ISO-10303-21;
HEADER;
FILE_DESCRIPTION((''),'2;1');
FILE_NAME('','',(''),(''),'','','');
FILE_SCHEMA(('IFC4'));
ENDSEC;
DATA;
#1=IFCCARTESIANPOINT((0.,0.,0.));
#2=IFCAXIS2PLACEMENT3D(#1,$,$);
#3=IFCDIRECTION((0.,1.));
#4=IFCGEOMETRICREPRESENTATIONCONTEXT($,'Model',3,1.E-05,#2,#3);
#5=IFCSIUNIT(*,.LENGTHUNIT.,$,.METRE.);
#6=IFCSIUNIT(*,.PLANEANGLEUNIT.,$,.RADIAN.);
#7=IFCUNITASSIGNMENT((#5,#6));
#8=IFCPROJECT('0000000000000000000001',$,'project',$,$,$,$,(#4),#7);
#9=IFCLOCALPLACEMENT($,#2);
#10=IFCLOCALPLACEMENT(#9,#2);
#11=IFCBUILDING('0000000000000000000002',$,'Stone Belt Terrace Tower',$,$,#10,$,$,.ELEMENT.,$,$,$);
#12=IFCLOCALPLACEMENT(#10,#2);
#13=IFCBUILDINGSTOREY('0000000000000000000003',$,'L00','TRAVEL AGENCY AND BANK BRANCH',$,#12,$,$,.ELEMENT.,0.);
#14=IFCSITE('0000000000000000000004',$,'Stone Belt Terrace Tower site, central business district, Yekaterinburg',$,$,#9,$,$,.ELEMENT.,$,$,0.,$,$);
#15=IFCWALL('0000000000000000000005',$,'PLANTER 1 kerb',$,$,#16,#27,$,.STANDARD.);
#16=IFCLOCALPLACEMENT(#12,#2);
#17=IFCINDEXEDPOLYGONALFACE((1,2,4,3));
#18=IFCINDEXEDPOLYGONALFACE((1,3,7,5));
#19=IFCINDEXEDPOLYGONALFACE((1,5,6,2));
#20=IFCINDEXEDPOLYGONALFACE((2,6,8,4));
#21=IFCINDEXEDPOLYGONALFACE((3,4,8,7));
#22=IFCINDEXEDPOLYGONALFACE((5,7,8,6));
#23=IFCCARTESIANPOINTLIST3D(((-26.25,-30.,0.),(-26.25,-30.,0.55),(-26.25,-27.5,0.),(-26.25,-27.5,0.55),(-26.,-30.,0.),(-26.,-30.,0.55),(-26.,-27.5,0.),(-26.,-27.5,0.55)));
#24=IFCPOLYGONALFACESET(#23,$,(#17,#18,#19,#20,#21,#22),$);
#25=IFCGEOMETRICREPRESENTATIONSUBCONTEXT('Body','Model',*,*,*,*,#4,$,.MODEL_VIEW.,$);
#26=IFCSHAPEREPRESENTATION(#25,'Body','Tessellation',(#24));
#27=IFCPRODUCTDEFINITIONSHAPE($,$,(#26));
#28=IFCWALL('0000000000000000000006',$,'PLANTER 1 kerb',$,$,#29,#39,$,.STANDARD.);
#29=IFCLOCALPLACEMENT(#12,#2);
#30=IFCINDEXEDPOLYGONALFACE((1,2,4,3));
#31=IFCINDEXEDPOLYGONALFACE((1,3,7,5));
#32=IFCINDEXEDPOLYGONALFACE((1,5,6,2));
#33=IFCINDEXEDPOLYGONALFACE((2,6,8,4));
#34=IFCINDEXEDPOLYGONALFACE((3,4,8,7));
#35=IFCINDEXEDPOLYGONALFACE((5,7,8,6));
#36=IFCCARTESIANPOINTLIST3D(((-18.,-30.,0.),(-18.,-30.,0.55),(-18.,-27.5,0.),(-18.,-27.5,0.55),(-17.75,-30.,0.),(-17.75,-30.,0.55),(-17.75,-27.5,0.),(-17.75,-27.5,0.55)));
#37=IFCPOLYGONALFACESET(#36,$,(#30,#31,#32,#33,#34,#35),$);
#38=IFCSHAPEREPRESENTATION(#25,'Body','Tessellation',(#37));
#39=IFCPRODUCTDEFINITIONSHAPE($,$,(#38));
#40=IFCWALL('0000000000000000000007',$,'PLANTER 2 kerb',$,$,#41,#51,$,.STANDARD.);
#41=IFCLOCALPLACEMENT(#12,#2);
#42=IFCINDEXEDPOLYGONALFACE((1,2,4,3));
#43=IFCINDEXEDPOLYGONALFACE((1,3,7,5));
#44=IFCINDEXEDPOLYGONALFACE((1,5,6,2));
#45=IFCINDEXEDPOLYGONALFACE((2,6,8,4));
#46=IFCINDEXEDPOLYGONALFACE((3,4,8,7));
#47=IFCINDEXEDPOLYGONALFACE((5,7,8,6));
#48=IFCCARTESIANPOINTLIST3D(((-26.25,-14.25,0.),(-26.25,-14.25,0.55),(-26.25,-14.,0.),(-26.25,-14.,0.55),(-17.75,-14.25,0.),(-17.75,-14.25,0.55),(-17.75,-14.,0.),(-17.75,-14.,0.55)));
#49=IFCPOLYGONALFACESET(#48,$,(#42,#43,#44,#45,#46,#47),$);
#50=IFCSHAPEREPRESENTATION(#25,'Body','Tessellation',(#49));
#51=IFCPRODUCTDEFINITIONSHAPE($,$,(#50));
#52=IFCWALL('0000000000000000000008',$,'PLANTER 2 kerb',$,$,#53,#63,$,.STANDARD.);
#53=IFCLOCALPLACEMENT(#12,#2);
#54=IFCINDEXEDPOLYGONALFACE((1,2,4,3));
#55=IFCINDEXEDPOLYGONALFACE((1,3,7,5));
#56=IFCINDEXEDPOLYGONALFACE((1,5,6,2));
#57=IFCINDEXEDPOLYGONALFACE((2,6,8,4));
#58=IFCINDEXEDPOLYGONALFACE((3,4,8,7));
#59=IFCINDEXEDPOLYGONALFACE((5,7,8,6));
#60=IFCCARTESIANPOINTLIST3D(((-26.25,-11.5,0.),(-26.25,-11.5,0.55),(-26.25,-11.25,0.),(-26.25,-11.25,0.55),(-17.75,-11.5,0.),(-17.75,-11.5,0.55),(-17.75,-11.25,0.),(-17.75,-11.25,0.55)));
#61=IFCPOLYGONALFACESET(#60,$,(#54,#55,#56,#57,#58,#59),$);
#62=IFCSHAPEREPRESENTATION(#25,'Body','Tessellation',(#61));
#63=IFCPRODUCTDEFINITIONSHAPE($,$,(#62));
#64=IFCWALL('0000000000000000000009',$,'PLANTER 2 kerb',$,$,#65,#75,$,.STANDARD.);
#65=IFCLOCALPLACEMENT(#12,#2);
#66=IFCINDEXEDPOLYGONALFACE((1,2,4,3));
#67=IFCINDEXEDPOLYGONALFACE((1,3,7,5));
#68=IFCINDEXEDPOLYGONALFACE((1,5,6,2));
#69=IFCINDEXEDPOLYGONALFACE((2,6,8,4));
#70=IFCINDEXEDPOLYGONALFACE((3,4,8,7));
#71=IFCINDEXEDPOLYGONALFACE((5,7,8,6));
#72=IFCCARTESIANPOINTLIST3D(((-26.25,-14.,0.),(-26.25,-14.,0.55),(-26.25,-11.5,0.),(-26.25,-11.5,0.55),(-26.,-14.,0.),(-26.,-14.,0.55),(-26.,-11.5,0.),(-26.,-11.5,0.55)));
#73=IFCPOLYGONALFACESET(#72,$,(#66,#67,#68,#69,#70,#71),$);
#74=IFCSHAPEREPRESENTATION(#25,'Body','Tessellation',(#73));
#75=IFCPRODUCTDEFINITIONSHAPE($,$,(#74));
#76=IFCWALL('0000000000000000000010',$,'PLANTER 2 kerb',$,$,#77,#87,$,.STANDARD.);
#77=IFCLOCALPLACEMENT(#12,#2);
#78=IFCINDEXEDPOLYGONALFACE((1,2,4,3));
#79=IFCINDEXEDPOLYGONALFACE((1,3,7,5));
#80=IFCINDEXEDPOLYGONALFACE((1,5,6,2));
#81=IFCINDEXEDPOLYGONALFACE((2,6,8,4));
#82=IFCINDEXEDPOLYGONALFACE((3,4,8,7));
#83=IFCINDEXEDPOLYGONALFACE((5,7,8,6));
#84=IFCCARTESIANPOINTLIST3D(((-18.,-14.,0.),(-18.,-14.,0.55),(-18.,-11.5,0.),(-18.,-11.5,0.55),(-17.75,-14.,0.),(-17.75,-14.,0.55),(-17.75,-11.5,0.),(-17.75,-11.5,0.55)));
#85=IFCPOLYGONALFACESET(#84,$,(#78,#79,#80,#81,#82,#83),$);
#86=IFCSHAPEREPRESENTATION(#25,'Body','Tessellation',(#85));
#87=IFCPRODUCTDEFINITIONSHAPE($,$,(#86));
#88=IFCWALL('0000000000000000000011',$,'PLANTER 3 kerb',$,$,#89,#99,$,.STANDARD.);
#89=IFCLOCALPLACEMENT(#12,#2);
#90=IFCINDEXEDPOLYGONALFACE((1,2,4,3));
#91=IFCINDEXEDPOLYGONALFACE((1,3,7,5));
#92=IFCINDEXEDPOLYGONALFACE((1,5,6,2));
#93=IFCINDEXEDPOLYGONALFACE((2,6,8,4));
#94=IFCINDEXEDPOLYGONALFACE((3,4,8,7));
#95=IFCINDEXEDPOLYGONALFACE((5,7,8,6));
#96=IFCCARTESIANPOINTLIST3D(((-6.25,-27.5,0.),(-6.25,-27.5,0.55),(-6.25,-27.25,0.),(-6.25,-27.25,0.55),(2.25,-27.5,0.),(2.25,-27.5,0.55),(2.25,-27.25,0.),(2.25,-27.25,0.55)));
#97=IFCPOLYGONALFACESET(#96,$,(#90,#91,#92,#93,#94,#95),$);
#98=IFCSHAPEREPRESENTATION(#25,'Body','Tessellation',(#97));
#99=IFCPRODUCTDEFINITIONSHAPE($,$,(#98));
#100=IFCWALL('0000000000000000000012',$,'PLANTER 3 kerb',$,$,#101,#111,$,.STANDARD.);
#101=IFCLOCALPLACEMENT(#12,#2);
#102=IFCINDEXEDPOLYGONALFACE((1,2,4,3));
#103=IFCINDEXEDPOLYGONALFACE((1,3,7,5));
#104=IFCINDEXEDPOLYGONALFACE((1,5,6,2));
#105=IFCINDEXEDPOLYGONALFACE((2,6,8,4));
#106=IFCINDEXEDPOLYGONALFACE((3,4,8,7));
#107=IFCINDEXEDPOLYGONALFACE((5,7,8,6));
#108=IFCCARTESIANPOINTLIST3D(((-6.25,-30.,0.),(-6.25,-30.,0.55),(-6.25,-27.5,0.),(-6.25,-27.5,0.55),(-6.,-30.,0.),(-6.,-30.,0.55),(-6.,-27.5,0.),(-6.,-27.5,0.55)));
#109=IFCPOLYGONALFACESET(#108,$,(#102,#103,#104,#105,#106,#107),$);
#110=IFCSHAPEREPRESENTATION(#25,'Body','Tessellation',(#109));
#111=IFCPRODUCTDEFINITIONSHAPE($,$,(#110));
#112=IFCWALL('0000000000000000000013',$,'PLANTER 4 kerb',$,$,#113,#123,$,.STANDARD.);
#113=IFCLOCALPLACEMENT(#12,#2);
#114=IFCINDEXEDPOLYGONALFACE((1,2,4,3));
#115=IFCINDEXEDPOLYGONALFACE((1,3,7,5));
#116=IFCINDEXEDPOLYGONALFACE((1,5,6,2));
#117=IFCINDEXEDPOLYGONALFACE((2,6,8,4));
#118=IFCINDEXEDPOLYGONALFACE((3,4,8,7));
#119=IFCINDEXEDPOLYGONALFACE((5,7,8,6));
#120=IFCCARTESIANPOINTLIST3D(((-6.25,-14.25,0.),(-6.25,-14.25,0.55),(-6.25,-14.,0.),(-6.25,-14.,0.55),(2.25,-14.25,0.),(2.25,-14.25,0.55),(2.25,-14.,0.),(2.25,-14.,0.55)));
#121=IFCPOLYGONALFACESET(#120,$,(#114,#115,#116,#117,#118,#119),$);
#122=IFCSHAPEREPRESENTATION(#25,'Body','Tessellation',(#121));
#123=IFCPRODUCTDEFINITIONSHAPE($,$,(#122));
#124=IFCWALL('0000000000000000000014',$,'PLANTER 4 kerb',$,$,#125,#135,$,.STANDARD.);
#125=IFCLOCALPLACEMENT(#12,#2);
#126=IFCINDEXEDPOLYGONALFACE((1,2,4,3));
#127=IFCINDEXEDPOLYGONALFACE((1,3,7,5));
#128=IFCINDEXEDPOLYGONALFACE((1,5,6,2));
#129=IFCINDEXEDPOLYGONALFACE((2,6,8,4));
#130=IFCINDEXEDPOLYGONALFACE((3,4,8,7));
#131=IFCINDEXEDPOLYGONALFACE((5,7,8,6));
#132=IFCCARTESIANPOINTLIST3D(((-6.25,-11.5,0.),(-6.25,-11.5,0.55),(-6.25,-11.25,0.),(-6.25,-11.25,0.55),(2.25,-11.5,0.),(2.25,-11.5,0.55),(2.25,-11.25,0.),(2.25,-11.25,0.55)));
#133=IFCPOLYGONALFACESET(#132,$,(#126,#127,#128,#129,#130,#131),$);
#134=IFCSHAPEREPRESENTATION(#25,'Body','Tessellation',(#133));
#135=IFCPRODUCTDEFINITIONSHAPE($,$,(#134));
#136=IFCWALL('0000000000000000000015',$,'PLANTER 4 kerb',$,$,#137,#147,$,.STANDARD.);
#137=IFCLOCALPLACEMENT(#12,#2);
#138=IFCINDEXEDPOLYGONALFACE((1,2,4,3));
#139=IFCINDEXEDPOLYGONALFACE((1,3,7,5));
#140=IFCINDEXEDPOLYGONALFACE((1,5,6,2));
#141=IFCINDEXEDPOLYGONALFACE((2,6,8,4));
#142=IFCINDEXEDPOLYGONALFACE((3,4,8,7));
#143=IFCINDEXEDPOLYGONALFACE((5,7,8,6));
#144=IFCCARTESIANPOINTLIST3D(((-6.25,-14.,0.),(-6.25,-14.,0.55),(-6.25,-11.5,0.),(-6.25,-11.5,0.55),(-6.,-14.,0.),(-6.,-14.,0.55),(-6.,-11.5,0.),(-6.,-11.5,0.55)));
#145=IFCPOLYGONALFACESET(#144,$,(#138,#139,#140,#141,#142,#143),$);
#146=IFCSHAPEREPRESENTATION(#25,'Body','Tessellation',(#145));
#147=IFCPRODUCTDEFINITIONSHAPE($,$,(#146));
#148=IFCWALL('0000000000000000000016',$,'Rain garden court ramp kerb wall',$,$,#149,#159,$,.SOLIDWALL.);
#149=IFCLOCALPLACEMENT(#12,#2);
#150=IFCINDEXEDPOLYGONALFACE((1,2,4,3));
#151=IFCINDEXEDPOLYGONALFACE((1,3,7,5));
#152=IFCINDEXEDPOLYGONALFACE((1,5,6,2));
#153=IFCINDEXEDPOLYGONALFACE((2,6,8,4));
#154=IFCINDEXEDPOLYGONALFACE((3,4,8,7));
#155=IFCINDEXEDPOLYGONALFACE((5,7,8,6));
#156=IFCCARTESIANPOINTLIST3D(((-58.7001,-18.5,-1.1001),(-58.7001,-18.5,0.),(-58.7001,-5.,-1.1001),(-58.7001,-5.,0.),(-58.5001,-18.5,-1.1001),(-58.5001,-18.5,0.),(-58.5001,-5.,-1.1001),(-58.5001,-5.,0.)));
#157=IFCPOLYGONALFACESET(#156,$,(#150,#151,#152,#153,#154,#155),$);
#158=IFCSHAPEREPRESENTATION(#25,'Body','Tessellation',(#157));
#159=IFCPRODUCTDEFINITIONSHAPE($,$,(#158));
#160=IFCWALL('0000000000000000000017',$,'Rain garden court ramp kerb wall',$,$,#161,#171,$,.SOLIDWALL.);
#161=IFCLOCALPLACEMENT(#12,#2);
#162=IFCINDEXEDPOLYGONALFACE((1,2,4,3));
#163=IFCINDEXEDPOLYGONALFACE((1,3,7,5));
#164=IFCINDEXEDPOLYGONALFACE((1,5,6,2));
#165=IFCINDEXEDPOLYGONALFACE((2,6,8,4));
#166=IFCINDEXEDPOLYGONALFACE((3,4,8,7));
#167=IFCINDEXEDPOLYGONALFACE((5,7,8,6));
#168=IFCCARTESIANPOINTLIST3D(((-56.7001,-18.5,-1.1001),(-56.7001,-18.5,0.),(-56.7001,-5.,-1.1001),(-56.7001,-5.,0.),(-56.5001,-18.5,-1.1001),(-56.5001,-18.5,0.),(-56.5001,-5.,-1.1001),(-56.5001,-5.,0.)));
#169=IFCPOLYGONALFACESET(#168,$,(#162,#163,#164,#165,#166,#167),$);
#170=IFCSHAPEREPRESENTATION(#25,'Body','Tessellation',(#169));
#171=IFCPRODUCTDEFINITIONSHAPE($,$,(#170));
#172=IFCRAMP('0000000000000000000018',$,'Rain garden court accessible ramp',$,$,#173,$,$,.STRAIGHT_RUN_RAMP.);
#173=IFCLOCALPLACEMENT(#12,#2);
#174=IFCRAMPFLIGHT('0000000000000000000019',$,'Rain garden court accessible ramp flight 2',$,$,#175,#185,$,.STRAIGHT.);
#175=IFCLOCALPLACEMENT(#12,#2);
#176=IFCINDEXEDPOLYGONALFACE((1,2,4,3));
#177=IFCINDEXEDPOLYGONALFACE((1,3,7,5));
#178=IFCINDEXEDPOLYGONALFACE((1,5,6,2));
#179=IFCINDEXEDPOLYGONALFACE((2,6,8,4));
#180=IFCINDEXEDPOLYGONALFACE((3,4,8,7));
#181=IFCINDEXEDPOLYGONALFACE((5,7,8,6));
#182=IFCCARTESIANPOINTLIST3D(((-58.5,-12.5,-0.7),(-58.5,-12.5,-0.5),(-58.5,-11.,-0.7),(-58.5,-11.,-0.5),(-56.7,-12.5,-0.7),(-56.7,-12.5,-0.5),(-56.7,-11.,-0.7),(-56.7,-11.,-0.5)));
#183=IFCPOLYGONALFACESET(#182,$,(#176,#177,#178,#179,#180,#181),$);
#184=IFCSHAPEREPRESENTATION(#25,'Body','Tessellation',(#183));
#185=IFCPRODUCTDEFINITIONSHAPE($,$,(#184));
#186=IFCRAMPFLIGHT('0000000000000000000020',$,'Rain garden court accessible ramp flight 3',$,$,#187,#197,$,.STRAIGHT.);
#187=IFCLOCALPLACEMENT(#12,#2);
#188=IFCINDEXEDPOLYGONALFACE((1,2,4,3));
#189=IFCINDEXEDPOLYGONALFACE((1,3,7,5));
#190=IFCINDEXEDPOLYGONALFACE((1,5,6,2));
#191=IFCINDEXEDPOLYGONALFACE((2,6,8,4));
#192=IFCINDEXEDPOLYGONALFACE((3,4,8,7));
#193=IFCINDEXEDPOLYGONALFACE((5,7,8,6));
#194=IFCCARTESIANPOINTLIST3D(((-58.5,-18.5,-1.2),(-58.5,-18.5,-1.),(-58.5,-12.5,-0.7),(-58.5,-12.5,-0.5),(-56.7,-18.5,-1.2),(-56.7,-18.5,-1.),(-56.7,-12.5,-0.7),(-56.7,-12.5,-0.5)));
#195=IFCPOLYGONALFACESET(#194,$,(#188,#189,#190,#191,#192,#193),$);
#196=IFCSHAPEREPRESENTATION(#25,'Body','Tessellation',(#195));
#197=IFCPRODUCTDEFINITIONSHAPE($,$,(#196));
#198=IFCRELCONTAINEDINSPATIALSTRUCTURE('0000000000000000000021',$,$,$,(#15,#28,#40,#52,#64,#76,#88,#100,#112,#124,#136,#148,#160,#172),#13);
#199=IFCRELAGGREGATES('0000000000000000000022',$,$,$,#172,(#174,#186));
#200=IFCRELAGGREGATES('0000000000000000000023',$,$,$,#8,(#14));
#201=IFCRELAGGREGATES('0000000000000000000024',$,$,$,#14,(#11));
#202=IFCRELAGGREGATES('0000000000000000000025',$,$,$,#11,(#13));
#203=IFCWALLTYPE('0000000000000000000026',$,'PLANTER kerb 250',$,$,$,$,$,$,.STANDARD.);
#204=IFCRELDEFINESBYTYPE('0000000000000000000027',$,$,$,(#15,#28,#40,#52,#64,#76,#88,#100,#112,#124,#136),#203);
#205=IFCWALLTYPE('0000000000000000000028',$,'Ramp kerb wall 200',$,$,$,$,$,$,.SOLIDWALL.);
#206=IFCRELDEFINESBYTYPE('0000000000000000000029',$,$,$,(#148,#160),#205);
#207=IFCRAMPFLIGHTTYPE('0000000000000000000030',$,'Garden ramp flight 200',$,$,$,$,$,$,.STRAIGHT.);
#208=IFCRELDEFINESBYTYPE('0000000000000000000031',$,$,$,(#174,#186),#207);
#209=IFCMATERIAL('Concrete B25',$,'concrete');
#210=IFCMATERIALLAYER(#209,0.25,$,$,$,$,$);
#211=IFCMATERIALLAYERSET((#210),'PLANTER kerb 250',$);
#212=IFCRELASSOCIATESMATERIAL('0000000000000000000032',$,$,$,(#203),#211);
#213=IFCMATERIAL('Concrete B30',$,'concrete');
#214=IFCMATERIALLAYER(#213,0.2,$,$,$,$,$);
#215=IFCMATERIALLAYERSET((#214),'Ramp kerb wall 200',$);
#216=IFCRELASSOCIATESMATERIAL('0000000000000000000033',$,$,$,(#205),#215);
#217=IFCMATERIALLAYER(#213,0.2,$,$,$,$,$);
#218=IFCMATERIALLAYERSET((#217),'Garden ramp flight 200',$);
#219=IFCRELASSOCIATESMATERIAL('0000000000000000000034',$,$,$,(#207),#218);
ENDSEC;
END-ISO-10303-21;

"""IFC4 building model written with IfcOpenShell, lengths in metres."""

from ifc_helpers import new_model, si_unit, direction, frame, frame_2d, origin, place, context, subcontext, project, spatial, polyline, rectangle, outline, extrude, material, layer, layer_set, type_object, element, aggregate, save


model = new_model("IFC4")

# Units and contexts
model_context = context("Model", 3, precision=1e-05, world=origin(), true_north=direction((0.0, 1.0)))
body_context = subcontext(model_context, "Body", "Model", "MODEL_VIEW")
ifc_project = project(units=[si_unit("LENGTHUNIT", "METRE"), si_unit("PLANEANGLEUNIT", "RADIAN")], contexts=[model_context])

# Site, building, storey
site_placement = place(None, origin())
site = spatial("IfcSite", under=ifc_project, at=site_placement, Name="Stone Belt Terrace Tower site, central business district, Yekaterinburg", CompositionType="ELEMENT", RefElevation=0.0)
building_placement = place(site_placement, origin())
building = spatial("IfcBuilding", under=site, at=building_placement, Name="Stone Belt Terrace Tower", CompositionType="ELEMENT")
storey_placement = place(building_placement, origin())
storey = spatial("IfcBuildingStorey", under=building, at=storey_placement, Name="L00", Description="TRAVEL AGENCY AND BANK BRANCH", CompositionType="ELEMENT", Elevation=0.0)

# Shared definitions
ifc_material_1 = material(Name="Concrete B30", Category="concrete")

# Walls
ifc_material_2 = material(Name="Concrete B25", Category="concrete")
ifc_layer_1 = layer(ifc_material_2, 0.25)
ifc_layer_set_1 = layer_set([ifc_layer_1], Name="PLANTER kerb 250")
wall_type_1 = type_object("IfcWallType", Name="PLANTER kerb 250", PredefinedType="STANDARD", material=ifc_layer_set_1)
for number, where, z_axis, x_axis, name in (
    (1, (-26.125, -30.0, 0.0), (0.0, 0.0, 1.0), (0.0, 1.0, 0.0), "PLANTER 1 kerb"),
    (2, (-17.875, -30.0, 0.0), (0.0, 0.0, 1.0), (0.0, 1.0, 0.0), "PLANTER 1 kerb"),
):
    element("IfcWall", number, at=place(storey_placement, frame(where, z_axis=z_axis, x_axis=x_axis)), inside=storey, type_object=wall_type_1, Name=name, PredefinedType="STANDARD", context=body_context, shape_type="SweptSolid", body=[
        extrude(rectangle(XDim=2.5, YDim=0.25, at=frame_2d((1.25, 0.0))), origin(), (0.0, 0.0, 1.0), 0.55),
    ])
for number, where, z_axis, x_axis, name in (
    (3, (-26.25, -14.125, 0.0), (0.0, 0.0, 1.0), (1.0, 0.0, 0.0), "PLANTER 2 kerb"),
    (4, (-26.25, -11.375, 0.0), (0.0, 0.0, 1.0), (1.0, 0.0, 0.0), "PLANTER 2 kerb"),
):
    element("IfcWall", number, at=place(storey_placement, frame(where, z_axis=z_axis, x_axis=x_axis)), inside=storey, type_object=wall_type_1, Name=name, PredefinedType="STANDARD", context=body_context, shape_type="SweptSolid", body=[
        extrude(rectangle(XDim=8.5, YDim=0.25, at=frame_2d((4.25, 0.0))), origin(), (0.0, 0.0, 1.0), 0.55),
    ])
for number, where, z_axis, x_axis, name in (
    (5, (-26.125, -14.0, 0.0), (0.0, 0.0, 1.0), (0.0, 1.0, 0.0), "PLANTER 2 kerb"),
    (6, (-17.875, -14.0, 0.0), (0.0, 0.0, 1.0), (0.0, 1.0, 0.0), "PLANTER 2 kerb"),
):
    element("IfcWall", number, at=place(storey_placement, frame(where, z_axis=z_axis, x_axis=x_axis)), inside=storey, type_object=wall_type_1, Name=name, PredefinedType="STANDARD", context=body_context, shape_type="SweptSolid", body=[
        extrude(rectangle(XDim=2.5, YDim=0.25, at=frame_2d((1.25, 0.0))), origin(), (0.0, 0.0, 1.0), 0.55),
    ])
wall_1_placement = place(storey_placement, frame((-6.25, -27.375, 0.0), z_axis=(0.0, 0.0, 1.0), x_axis=(1.0, 0.0, 0.0)))
element("IfcWall", 7, at=wall_1_placement, inside=storey, type_object=wall_type_1, Name="PLANTER 3 kerb", PredefinedType="STANDARD", context=body_context, shape_type="SweptSolid", body=[
    extrude(rectangle(XDim=8.5, YDim=0.25, at=frame_2d((4.25, 0.0))), origin(), (0.0, 0.0, 1.0), 0.55),
])
wall_2_placement = place(storey_placement, frame((-6.125, -30.0, 0.0), z_axis=(0.0, 0.0, 1.0), x_axis=(0.0, 1.0, 0.0)))
element("IfcWall", 8, at=wall_2_placement, inside=storey, type_object=wall_type_1, Name="PLANTER 3 kerb", PredefinedType="STANDARD", context=body_context, shape_type="SweptSolid", body=[
    extrude(rectangle(XDim=2.5, YDim=0.25, at=frame_2d((1.25, 0.0))), origin(), (0.0, 0.0, 1.0), 0.55),
])
for number, where, z_axis, x_axis, name in (
    (9, (-6.25, -14.125, 0.0), (0.0, 0.0, 1.0), (1.0, 0.0, 0.0), "PLANTER 4 kerb"),
    (10, (-6.25, -11.375, 0.0), (0.0, 0.0, 1.0), (1.0, 0.0, 0.0), "PLANTER 4 kerb"),
):
    element("IfcWall", number, at=place(storey_placement, frame(where, z_axis=z_axis, x_axis=x_axis)), inside=storey, type_object=wall_type_1, Name=name, PredefinedType="STANDARD", context=body_context, shape_type="SweptSolid", body=[
        extrude(rectangle(XDim=8.5, YDim=0.25, at=frame_2d((4.25, 0.0))), origin(), (0.0, 0.0, 1.0), 0.55),
    ])
wall_3_placement = place(storey_placement, frame((-6.125, -14.0, 0.0), z_axis=(0.0, 0.0, 1.0), x_axis=(0.0, 1.0, 0.0)))
element("IfcWall", 11, at=wall_3_placement, inside=storey, type_object=wall_type_1, Name="PLANTER 4 kerb", PredefinedType="STANDARD", context=body_context, shape_type="SweptSolid", body=[
    extrude(rectangle(XDim=2.5, YDim=0.25, at=frame_2d((1.25, 0.0))), origin(), (0.0, 0.0, 1.0), 0.55),
])
ifc_layer_2 = layer(ifc_material_1, 0.2)
ifc_layer_set_2 = layer_set([ifc_layer_2], Name="Ramp kerb wall 200")
wall_type_2 = type_object("IfcWallType", Name="Ramp kerb wall 200", PredefinedType="SOLIDWALL", material=ifc_layer_set_2)
for number, where, z_axis, x_axis, name in (
    (12, (-58.6001, -18.5, -1.1001), (0.0, 0.0, 1.0), (0.0, 1.0, 0.0), "Rain garden court ramp kerb wall"),
    (13, (-56.6001, -18.5, -1.1001), (0.0, 0.0, 1.0), (0.0, 1.0, 0.0), "Rain garden court ramp kerb wall"),
):
    element("IfcWall", number, at=place(storey_placement, frame(where, z_axis=z_axis, x_axis=x_axis)), inside=storey, type_object=wall_type_2, Name=name, PredefinedType="SOLIDWALL", context=body_context, shape_type="SweptSolid", body=[
        extrude(rectangle(XDim=13.5, YDim=0.2, at=frame_2d((6.75, 0.0))), origin(), (0.0, 0.0, 1.0), 1.1001),
    ])

# Ramp, ramp flights
ramp_placement = place(storey_placement, origin())
ramp = element("IfcRamp", 14, at=ramp_placement, inside=storey, Name="Rain garden court accessible ramp", PredefinedType="STRAIGHT_RUN_RAMP")
ifc_layer_3 = layer(ifc_material_1, 0.2)
ifc_layer_set_3 = layer_set([ifc_layer_3], Name="Garden ramp flight 200")
ramp_flight_type = type_object("IfcRampFlightType", Name="Garden ramp flight 200", PredefinedType="STRAIGHT", material=ifc_layer_set_3)
ramp_flight_1_placement = place(storey_placement, frame((-58.5, -11.0, -0.7), z_axis=(-1.0, 0.0, 0.0), x_axis=(0.0, -1.0, 0.0)))
ramp_flight_1 = element("IfcRampFlight", 15, at=ramp_flight_1_placement, type_object=ramp_flight_type, Name="Rain garden court accessible ramp flight 2", PredefinedType="STRAIGHT", context=body_context, shape_type="SweptSolid", body=[
    extrude(outline(polyline([(0.0, 0.0), (1.5, 0.0), (1.5, 0.2), (0.0, 0.2), (0.0, 0.0)])), origin(), (0.0, 0.0, -1.0), 1.8),
])
ramp_flight_2_placement = place(storey_placement, frame((-58.5, -12.5, -0.7), z_axis=(-1.0, 0.0, 0.0), x_axis=(0.0, -0.996546, -0.083045)))
ramp_flight_2 = element("IfcRampFlight", 16, at=ramp_flight_2_placement, type_object=ramp_flight_type, Name="Rain garden court accessible ramp flight 3", PredefinedType="STRAIGHT", context=body_context, shape_type="SweptSolid", body=[
    extrude(outline(polyline([(0.0, 0.0), (6.0208, 0.0), (6.0042, 0.1993), (-0.0166, 0.1993), (0.0, 0.0)])), origin(), (0.0, 0.0, -1.0), 1.8),
])
aggregate(ramp, [ramp_flight_1, ramp_flight_2])

save(model, "model.ifc")
